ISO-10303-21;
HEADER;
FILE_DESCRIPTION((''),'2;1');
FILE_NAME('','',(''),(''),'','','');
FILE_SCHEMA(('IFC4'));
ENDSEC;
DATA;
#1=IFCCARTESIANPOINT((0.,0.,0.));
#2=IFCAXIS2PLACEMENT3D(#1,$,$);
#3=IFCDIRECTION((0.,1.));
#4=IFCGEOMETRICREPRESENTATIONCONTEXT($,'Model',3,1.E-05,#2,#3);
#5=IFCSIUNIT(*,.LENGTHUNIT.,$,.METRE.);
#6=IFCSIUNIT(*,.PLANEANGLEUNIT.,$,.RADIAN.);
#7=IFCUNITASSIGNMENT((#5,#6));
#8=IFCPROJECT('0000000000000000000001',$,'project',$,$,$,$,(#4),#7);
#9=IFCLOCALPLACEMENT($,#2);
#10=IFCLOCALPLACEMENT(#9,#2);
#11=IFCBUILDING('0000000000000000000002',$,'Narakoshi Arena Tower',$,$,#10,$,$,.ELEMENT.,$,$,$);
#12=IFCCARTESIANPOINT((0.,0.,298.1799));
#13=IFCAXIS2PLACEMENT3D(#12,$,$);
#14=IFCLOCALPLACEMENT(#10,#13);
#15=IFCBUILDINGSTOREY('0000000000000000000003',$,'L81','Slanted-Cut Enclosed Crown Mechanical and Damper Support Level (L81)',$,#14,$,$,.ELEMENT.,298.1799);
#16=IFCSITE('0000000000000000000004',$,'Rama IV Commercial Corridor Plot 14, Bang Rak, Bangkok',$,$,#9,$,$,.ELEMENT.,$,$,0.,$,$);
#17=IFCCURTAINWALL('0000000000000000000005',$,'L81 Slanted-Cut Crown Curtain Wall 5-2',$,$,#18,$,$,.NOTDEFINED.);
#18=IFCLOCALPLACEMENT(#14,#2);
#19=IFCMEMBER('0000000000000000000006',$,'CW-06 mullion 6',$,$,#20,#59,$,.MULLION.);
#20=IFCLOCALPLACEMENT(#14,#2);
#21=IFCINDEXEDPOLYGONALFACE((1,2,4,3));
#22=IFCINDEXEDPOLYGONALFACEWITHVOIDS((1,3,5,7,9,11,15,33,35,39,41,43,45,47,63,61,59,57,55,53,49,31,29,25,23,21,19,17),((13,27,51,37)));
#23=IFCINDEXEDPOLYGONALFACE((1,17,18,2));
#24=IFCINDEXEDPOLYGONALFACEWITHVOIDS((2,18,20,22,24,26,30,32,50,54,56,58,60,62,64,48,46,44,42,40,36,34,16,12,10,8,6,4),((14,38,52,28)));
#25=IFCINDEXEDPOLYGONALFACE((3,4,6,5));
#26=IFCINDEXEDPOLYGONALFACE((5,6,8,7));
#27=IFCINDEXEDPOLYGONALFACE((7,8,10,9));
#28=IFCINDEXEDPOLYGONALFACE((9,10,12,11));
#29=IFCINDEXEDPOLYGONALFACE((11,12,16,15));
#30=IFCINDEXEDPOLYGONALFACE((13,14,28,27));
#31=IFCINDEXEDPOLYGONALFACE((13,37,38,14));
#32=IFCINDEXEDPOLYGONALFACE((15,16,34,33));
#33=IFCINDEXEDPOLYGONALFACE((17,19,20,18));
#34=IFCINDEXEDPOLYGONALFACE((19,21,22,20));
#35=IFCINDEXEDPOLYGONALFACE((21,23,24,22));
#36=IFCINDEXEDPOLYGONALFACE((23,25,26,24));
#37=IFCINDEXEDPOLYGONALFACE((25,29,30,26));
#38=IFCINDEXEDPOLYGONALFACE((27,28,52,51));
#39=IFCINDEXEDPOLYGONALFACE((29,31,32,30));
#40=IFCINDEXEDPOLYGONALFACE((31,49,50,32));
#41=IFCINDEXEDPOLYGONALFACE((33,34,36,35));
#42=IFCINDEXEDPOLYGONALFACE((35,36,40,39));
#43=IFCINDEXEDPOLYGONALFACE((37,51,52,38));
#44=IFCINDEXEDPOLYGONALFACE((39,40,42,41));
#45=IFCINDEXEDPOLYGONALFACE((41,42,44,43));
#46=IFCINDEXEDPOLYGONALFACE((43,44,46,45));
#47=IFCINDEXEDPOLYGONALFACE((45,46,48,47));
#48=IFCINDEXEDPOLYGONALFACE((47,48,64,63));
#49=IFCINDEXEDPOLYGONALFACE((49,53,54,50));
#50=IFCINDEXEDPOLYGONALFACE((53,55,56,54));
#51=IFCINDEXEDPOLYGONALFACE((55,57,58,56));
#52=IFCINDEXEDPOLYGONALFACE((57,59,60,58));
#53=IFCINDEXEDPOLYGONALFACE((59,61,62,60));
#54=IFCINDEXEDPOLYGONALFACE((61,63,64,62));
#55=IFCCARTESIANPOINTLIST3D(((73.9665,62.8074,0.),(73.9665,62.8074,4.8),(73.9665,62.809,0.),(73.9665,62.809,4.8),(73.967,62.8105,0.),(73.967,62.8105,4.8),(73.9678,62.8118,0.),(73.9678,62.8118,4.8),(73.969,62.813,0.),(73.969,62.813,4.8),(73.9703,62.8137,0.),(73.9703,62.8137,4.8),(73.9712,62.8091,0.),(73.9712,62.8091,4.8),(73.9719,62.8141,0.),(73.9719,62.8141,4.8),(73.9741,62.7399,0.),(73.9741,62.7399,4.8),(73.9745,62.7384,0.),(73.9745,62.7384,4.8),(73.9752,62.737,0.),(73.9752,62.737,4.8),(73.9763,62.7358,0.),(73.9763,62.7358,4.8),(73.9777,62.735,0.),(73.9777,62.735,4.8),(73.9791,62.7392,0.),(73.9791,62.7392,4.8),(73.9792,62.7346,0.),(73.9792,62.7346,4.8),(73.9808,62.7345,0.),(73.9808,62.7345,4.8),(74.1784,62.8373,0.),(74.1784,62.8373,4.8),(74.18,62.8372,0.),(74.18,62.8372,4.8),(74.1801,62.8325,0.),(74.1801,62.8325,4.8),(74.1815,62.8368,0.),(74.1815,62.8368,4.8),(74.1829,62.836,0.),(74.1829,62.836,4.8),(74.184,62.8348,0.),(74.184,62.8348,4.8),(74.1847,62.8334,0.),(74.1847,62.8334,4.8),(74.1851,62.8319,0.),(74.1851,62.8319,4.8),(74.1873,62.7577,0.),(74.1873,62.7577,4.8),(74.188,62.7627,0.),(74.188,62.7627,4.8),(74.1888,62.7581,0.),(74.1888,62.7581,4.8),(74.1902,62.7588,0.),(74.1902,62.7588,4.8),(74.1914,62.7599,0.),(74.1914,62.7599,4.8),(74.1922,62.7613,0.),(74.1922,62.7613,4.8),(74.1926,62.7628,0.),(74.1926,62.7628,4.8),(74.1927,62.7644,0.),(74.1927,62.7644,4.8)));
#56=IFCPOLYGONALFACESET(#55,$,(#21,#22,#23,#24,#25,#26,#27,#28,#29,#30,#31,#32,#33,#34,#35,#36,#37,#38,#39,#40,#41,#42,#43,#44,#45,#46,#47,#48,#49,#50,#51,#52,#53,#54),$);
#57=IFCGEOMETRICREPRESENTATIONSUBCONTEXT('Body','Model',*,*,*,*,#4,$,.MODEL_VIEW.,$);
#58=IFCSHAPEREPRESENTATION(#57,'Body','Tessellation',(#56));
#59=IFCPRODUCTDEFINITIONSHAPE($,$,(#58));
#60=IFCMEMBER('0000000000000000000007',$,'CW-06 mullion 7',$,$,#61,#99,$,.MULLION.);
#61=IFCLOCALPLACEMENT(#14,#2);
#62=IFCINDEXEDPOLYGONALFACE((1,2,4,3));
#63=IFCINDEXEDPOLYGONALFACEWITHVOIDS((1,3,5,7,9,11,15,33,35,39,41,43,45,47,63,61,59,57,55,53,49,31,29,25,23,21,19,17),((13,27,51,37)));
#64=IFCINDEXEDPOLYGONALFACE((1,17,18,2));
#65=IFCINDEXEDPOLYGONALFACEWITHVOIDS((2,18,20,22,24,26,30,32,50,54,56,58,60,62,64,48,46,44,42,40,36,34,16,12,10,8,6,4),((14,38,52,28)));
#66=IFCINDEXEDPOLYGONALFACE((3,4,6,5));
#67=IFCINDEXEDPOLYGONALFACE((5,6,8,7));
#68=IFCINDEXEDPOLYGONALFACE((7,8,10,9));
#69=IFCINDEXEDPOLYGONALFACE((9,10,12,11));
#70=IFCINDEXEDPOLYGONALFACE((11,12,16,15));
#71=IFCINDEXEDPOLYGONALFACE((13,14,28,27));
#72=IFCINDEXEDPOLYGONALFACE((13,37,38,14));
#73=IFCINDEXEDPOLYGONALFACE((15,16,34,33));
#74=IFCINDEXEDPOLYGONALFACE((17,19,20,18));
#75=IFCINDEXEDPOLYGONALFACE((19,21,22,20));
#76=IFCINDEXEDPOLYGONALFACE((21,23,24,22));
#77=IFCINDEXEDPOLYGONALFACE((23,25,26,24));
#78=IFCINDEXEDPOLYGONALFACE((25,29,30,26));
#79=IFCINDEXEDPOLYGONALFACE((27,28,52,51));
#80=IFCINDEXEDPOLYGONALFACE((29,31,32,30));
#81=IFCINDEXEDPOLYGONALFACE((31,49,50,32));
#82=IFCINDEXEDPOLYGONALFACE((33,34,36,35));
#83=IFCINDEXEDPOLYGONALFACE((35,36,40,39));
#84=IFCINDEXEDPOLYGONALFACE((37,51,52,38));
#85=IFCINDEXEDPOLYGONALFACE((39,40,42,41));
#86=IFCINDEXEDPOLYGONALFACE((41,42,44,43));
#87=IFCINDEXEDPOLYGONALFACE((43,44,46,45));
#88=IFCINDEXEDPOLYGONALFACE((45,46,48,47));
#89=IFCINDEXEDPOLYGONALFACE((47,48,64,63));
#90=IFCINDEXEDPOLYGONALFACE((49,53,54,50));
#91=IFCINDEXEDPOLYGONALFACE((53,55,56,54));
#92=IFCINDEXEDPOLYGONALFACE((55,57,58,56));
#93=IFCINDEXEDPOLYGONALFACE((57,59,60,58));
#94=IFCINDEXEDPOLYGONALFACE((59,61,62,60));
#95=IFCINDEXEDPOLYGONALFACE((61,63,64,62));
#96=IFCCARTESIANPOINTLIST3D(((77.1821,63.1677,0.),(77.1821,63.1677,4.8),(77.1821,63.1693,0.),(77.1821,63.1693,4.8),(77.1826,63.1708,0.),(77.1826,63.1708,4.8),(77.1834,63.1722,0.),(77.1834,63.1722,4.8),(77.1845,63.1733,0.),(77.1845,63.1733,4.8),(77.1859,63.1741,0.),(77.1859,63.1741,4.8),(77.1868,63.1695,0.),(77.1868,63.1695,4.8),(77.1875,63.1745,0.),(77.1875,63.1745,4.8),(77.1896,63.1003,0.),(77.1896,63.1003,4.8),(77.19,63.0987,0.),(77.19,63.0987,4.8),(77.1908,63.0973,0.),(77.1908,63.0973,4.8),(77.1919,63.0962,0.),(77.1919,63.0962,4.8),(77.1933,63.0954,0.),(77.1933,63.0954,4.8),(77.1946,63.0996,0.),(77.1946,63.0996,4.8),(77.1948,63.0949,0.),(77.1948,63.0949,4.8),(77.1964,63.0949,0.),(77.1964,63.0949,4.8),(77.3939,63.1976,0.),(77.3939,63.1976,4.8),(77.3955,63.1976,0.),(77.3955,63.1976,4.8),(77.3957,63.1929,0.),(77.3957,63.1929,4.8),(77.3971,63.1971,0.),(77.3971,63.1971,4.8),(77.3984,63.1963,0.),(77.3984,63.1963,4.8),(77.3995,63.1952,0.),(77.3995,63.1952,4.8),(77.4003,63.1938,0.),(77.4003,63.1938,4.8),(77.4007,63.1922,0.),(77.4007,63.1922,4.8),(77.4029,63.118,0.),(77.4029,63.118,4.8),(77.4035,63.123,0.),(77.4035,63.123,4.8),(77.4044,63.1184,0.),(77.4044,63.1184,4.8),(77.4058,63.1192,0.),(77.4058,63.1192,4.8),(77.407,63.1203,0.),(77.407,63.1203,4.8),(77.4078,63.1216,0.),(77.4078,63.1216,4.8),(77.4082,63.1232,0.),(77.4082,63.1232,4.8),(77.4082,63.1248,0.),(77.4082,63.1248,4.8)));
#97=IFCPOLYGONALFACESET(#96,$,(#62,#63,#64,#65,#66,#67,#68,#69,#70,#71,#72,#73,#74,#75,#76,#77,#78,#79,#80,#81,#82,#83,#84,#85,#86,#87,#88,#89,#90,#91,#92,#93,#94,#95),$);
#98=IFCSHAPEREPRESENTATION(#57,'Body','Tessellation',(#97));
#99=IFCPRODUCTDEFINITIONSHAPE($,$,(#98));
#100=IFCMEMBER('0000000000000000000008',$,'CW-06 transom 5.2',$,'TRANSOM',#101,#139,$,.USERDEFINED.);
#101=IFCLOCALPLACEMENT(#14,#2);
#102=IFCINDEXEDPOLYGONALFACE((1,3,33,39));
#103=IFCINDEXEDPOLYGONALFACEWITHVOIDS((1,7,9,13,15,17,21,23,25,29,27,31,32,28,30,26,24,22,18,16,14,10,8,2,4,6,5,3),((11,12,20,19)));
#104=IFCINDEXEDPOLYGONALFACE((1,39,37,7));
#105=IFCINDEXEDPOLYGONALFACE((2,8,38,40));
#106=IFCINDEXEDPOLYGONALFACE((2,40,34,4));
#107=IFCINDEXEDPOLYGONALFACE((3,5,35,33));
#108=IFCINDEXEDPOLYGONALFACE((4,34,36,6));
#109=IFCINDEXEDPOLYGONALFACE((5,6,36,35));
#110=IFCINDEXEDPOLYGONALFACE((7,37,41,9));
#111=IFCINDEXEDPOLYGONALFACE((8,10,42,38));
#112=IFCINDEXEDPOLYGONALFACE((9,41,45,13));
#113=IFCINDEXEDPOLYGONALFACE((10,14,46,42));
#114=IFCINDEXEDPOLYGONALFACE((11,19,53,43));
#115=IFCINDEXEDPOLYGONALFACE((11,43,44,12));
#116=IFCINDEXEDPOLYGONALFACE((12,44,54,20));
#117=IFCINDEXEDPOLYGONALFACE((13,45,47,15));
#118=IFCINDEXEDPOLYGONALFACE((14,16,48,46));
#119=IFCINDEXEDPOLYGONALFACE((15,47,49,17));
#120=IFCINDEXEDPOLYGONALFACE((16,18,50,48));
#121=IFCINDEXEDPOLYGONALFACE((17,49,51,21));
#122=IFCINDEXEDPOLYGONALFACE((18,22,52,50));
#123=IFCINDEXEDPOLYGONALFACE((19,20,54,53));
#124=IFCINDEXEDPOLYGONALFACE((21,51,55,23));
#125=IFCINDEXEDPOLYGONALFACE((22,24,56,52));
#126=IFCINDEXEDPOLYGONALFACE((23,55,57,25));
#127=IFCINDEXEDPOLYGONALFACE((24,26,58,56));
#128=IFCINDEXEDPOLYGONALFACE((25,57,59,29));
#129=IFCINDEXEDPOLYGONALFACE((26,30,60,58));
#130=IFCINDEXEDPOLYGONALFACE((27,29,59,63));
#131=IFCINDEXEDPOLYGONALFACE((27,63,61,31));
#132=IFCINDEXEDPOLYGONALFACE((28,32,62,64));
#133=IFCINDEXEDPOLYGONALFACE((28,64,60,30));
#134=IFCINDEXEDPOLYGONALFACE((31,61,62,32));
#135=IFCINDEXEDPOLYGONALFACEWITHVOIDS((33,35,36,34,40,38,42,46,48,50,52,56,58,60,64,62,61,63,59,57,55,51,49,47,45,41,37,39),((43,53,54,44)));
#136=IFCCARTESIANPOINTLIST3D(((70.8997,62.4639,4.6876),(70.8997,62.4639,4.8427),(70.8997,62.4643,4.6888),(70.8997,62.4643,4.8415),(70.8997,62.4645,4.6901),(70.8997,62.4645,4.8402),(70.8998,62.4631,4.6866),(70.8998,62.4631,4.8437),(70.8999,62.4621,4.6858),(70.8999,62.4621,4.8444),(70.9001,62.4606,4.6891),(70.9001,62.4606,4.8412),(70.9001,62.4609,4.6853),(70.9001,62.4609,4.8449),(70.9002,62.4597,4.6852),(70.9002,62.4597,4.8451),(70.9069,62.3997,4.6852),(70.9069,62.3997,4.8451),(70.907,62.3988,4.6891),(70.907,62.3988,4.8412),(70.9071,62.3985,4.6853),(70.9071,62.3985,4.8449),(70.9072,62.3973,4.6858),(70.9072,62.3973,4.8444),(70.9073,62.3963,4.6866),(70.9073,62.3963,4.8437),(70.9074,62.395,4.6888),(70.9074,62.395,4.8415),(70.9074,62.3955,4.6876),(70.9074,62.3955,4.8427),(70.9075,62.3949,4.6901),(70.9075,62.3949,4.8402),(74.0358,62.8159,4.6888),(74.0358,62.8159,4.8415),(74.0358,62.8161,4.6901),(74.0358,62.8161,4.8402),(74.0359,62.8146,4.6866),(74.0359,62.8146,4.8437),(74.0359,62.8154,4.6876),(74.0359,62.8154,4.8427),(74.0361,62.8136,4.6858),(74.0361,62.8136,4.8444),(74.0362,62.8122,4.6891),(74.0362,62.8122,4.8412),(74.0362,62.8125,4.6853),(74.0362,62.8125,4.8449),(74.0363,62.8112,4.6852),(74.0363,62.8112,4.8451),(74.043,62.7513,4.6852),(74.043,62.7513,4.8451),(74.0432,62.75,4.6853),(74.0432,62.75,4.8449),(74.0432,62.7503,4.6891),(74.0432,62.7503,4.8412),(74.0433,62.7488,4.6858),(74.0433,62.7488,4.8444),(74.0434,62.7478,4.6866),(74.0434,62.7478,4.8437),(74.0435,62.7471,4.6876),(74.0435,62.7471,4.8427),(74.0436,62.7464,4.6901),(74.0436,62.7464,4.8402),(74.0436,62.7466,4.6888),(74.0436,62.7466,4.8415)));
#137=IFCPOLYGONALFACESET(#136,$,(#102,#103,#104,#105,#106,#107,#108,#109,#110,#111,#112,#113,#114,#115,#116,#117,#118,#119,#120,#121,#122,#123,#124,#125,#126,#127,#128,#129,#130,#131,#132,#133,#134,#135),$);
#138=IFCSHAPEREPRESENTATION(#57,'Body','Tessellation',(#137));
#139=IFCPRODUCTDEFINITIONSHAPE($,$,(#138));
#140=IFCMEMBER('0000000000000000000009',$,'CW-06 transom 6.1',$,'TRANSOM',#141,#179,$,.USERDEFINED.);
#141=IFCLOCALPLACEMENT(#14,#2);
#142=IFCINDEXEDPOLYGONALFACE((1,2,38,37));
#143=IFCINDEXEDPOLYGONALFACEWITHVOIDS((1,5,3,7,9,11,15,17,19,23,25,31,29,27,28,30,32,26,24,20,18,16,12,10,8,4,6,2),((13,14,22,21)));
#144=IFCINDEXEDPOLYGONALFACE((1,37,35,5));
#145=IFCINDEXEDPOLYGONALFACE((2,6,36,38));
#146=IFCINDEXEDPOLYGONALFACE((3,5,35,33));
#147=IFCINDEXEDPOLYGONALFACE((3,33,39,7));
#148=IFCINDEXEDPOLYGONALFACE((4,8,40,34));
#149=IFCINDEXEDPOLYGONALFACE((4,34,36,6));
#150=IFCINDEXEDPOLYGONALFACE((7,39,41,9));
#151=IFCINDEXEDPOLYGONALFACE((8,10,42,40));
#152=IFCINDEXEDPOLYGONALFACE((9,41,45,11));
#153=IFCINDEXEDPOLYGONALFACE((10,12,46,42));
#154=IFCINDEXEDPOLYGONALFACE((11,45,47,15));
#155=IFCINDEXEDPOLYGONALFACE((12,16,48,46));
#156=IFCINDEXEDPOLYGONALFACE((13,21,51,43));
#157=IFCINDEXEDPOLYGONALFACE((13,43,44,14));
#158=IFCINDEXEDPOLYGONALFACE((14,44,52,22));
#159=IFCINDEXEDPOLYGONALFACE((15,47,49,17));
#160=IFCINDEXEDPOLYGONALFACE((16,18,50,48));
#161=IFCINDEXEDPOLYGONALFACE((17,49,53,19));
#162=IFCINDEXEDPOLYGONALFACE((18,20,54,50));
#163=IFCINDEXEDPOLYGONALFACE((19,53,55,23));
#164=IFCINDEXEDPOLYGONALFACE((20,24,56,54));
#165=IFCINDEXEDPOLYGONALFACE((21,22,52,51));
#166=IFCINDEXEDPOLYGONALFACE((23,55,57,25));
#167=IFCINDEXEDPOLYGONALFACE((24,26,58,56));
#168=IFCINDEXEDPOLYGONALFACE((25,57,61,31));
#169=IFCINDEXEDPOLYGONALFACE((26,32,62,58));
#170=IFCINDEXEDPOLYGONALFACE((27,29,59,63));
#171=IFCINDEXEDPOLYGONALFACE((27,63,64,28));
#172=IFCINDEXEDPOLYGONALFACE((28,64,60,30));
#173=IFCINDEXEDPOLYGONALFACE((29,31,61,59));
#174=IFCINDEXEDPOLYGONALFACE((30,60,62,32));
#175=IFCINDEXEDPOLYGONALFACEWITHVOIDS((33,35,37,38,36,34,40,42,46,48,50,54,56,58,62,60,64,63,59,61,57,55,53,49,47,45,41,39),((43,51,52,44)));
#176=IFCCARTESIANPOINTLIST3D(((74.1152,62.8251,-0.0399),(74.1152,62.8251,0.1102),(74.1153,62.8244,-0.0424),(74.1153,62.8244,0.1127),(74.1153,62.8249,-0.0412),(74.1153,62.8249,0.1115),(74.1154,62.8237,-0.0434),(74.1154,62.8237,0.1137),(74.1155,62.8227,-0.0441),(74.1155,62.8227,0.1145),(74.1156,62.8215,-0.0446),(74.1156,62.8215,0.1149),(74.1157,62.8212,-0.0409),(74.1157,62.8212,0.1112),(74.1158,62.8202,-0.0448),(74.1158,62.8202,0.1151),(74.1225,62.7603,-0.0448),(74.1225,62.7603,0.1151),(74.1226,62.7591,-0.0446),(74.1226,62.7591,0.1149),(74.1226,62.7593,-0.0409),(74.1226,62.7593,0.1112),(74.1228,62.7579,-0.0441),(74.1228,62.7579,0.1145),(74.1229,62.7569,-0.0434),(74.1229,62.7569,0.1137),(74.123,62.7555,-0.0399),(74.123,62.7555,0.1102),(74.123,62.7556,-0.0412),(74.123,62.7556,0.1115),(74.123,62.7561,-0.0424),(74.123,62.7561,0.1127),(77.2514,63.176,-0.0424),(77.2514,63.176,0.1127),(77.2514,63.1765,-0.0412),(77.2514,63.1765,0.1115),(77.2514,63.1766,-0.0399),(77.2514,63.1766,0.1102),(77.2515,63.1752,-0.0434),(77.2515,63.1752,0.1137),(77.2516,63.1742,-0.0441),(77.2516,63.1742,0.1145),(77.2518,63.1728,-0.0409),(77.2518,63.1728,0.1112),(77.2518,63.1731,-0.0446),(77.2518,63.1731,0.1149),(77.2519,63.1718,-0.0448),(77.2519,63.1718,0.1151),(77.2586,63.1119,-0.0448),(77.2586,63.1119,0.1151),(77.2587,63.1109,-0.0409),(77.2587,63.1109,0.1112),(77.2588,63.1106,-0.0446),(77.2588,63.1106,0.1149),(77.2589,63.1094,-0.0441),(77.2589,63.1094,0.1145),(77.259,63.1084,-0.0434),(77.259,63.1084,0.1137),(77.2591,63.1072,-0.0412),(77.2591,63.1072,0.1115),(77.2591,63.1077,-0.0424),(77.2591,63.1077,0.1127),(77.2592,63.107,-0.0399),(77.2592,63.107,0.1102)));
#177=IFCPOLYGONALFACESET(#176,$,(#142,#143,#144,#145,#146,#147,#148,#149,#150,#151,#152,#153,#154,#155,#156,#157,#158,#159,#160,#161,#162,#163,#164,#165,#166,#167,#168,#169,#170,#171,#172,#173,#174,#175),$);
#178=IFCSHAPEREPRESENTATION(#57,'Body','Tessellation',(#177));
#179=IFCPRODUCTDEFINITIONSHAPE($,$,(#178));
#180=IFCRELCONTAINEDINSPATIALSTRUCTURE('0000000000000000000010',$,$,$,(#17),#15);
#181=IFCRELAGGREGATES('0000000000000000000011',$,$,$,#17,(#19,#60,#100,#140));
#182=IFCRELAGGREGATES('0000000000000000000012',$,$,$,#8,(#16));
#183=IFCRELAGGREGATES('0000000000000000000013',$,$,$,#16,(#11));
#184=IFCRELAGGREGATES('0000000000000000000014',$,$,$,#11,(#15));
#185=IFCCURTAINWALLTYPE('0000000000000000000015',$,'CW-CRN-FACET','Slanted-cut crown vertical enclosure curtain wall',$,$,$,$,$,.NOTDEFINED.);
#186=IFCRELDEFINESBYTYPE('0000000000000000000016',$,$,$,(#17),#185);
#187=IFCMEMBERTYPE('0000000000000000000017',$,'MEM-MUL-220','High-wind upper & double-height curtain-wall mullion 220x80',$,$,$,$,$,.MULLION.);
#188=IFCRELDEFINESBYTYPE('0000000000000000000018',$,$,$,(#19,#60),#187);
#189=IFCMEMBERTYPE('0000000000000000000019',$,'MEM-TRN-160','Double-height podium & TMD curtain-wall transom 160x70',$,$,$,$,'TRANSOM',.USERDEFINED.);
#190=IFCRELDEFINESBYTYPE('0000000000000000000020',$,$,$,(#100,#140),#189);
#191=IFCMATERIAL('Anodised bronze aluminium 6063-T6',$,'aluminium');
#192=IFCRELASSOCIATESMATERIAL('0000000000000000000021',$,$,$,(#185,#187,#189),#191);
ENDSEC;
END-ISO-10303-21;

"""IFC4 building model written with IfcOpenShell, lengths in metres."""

from ifc_helpers import new_model, si_unit, direction, frame, origin, origin_2d, place, context, subcontext, project, spatial, hollow_rectangle, extrude, material, material_profile, profile_set, type_object, element, aggregate, save


model = new_model("IFC4")

# Units and contexts
model_context = context("Model", 3, precision=1e-05, world=origin(), true_north=direction((0.0, 1.0)))
body_context = subcontext(model_context, "Body", "Model", "MODEL_VIEW")
ifc_project = project(units=[si_unit("LENGTHUNIT", "METRE"), si_unit("PLANEANGLEUNIT", "RADIAN")], contexts=[model_context])

# Site, building, storey
site_placement = place(None, origin())
site = spatial("IfcSite", under=ifc_project, at=site_placement, Name="Rama IV Commercial Corridor Plot 14, Bang Rak, Bangkok", CompositionType="ELEMENT", RefElevation=0.0)
building_placement = place(site_placement, origin())
building = spatial("IfcBuilding", under=site, at=building_placement, Name="Narakoshi Arena Tower", CompositionType="ELEMENT")
storey_placement = place(building_placement, frame((0.0, 0.0, 298.1799)))
storey = spatial("IfcBuildingStorey", under=building, at=storey_placement, Name="L81", Description="Slanted-Cut Enclosed Crown Mechanical and Damper Support Level (L81)", CompositionType="ELEMENT", Elevation=298.1799)

# Curtain wall, members
ifc_material_1 = material(Name="Anodised bronze aluminium 6063-T6", Category="aluminium")
curtain_wall_type = type_object("IfcCurtainWallType", Name="CW-CRN-FACET", Description="Slanted-cut crown vertical enclosure curtain wall", PredefinedType="NOTDEFINED", material=ifc_material_1)
curtain_wall_placement = place(storey_placement, origin())
curtain_wall = element("IfcCurtainWall", 1, at=curtain_wall_placement, inside=storey, type_object=curtain_wall_type, Name="L81 Slanted-Cut Crown Curtain Wall 5-2", PredefinedType="NOTDEFINED")
ifc_material_profile_1 = material_profile(ifc_material_1, hollow_rectangle(XDim=0.0801, YDim=0.22, WallThickness=0.0049, OuterFilletRadius=0.0061, at=origin_2d()), Name="MUL220x80x5")
ifc_profile_set_1 = profile_set([ifc_material_profile_1], Name="Anodised bronze aluminium 6063-T6")
member_type_1 = type_object("IfcMemberType", Name="MEM-MUL-220", Description="High-wind upper & double-height curtain-wall mullion 220x80", PredefinedType="MULLION", material=ifc_profile_set_1)
member_1_placement = place(storey_placement, frame((74.0796, 62.7859, 0.0), z_axis=(0.0, 0.0, 1.0), x_axis=(-0.111395, 0.993776, 0.0)))
member_1 = element("IfcMember", 2, at=member_1_placement, type_object=member_type_1, Name="CW-06 mullion 6", PredefinedType="MULLION", context=body_context, shape_type="SweptSolid", body=[
    extrude(hollow_rectangle(XDim=0.0801, YDim=0.22, WallThickness=0.0049, OuterFilletRadius=0.0061, at=origin_2d()), origin(), (0.0, 0.0, 1.0), 4.8),
])
member_2_placement = place(storey_placement, frame((77.2952, 63.1462, 0.0), z_axis=(0.0, 0.0, 1.0), x_axis=(-0.111395, 0.993776, 0.0)))
member_2 = element("IfcMember", 3, at=member_2_placement, type_object=member_type_1, Name="CW-06 mullion 7", PredefinedType="MULLION", context=body_context, shape_type="SweptSolid", body=[
    extrude(hollow_rectangle(XDim=0.0801, YDim=0.22, WallThickness=0.0049, OuterFilletRadius=0.0061, at=origin_2d()), origin(), (0.0, 0.0, 1.0), 4.8),
])
ifc_material_profile_2 = material_profile(ifc_material_1, hollow_rectangle(XDim=0.0701, YDim=0.1599, WallThickness=0.0039, OuterFilletRadius=0.0049, at=origin_2d()), Name="TRN160x70x4")
ifc_profile_set_2 = profile_set([ifc_material_profile_2], Name="Anodised bronze aluminium 6063-T6")
member_type_2 = type_object("IfcMemberType", Name="MEM-TRN-160", Description="Double-height podium & TMD curtain-wall transom 160x70", ElementType="TRANSOM", PredefinedType="USERDEFINED", material=ifc_profile_set_2)
member_3_placement = place(storey_placement, frame((70.9036, 62.4297, 4.7651), z_axis=(0.993776, 0.111399, 0.0), x_axis=(-0.111399, 0.993776, 0.0)))
member_3 = element("IfcMember", 4, at=member_3_placement, type_object=member_type_2, Name="CW-06 transom 5.2", ObjectType="TRANSOM", PredefinedType="USERDEFINED", context=body_context, shape_type="SweptSolid", body=[
    extrude(hollow_rectangle(XDim=0.0701, YDim=0.1599, WallThickness=0.0039, OuterFilletRadius=0.0049, at=origin_2d()), origin(), (0.0, 0.0, 1.0), 3.1558),
])
member_4_placement = place(storey_placement, frame((74.1191, 62.7903, 0.0352), z_axis=(0.993776, 0.111399, 0.0), x_axis=(-0.111399, 0.993776, 0.0)))
member_4 = element("IfcMember", 5, at=member_4_placement, type_object=member_type_2, Name="CW-06 transom 6.1", ObjectType="TRANSOM", PredefinedType="USERDEFINED", context=body_context, shape_type="SweptSolid", body=[
    extrude(hollow_rectangle(XDim=0.0701, YDim=0.1599, WallThickness=0.0039, OuterFilletRadius=0.0049, at=origin_2d()), origin(), (0.0, 0.0, 1.0), 3.1558),
])
aggregate(curtain_wall, [member_1, member_2, member_3, member_4])

save(model, "model.ifc")
